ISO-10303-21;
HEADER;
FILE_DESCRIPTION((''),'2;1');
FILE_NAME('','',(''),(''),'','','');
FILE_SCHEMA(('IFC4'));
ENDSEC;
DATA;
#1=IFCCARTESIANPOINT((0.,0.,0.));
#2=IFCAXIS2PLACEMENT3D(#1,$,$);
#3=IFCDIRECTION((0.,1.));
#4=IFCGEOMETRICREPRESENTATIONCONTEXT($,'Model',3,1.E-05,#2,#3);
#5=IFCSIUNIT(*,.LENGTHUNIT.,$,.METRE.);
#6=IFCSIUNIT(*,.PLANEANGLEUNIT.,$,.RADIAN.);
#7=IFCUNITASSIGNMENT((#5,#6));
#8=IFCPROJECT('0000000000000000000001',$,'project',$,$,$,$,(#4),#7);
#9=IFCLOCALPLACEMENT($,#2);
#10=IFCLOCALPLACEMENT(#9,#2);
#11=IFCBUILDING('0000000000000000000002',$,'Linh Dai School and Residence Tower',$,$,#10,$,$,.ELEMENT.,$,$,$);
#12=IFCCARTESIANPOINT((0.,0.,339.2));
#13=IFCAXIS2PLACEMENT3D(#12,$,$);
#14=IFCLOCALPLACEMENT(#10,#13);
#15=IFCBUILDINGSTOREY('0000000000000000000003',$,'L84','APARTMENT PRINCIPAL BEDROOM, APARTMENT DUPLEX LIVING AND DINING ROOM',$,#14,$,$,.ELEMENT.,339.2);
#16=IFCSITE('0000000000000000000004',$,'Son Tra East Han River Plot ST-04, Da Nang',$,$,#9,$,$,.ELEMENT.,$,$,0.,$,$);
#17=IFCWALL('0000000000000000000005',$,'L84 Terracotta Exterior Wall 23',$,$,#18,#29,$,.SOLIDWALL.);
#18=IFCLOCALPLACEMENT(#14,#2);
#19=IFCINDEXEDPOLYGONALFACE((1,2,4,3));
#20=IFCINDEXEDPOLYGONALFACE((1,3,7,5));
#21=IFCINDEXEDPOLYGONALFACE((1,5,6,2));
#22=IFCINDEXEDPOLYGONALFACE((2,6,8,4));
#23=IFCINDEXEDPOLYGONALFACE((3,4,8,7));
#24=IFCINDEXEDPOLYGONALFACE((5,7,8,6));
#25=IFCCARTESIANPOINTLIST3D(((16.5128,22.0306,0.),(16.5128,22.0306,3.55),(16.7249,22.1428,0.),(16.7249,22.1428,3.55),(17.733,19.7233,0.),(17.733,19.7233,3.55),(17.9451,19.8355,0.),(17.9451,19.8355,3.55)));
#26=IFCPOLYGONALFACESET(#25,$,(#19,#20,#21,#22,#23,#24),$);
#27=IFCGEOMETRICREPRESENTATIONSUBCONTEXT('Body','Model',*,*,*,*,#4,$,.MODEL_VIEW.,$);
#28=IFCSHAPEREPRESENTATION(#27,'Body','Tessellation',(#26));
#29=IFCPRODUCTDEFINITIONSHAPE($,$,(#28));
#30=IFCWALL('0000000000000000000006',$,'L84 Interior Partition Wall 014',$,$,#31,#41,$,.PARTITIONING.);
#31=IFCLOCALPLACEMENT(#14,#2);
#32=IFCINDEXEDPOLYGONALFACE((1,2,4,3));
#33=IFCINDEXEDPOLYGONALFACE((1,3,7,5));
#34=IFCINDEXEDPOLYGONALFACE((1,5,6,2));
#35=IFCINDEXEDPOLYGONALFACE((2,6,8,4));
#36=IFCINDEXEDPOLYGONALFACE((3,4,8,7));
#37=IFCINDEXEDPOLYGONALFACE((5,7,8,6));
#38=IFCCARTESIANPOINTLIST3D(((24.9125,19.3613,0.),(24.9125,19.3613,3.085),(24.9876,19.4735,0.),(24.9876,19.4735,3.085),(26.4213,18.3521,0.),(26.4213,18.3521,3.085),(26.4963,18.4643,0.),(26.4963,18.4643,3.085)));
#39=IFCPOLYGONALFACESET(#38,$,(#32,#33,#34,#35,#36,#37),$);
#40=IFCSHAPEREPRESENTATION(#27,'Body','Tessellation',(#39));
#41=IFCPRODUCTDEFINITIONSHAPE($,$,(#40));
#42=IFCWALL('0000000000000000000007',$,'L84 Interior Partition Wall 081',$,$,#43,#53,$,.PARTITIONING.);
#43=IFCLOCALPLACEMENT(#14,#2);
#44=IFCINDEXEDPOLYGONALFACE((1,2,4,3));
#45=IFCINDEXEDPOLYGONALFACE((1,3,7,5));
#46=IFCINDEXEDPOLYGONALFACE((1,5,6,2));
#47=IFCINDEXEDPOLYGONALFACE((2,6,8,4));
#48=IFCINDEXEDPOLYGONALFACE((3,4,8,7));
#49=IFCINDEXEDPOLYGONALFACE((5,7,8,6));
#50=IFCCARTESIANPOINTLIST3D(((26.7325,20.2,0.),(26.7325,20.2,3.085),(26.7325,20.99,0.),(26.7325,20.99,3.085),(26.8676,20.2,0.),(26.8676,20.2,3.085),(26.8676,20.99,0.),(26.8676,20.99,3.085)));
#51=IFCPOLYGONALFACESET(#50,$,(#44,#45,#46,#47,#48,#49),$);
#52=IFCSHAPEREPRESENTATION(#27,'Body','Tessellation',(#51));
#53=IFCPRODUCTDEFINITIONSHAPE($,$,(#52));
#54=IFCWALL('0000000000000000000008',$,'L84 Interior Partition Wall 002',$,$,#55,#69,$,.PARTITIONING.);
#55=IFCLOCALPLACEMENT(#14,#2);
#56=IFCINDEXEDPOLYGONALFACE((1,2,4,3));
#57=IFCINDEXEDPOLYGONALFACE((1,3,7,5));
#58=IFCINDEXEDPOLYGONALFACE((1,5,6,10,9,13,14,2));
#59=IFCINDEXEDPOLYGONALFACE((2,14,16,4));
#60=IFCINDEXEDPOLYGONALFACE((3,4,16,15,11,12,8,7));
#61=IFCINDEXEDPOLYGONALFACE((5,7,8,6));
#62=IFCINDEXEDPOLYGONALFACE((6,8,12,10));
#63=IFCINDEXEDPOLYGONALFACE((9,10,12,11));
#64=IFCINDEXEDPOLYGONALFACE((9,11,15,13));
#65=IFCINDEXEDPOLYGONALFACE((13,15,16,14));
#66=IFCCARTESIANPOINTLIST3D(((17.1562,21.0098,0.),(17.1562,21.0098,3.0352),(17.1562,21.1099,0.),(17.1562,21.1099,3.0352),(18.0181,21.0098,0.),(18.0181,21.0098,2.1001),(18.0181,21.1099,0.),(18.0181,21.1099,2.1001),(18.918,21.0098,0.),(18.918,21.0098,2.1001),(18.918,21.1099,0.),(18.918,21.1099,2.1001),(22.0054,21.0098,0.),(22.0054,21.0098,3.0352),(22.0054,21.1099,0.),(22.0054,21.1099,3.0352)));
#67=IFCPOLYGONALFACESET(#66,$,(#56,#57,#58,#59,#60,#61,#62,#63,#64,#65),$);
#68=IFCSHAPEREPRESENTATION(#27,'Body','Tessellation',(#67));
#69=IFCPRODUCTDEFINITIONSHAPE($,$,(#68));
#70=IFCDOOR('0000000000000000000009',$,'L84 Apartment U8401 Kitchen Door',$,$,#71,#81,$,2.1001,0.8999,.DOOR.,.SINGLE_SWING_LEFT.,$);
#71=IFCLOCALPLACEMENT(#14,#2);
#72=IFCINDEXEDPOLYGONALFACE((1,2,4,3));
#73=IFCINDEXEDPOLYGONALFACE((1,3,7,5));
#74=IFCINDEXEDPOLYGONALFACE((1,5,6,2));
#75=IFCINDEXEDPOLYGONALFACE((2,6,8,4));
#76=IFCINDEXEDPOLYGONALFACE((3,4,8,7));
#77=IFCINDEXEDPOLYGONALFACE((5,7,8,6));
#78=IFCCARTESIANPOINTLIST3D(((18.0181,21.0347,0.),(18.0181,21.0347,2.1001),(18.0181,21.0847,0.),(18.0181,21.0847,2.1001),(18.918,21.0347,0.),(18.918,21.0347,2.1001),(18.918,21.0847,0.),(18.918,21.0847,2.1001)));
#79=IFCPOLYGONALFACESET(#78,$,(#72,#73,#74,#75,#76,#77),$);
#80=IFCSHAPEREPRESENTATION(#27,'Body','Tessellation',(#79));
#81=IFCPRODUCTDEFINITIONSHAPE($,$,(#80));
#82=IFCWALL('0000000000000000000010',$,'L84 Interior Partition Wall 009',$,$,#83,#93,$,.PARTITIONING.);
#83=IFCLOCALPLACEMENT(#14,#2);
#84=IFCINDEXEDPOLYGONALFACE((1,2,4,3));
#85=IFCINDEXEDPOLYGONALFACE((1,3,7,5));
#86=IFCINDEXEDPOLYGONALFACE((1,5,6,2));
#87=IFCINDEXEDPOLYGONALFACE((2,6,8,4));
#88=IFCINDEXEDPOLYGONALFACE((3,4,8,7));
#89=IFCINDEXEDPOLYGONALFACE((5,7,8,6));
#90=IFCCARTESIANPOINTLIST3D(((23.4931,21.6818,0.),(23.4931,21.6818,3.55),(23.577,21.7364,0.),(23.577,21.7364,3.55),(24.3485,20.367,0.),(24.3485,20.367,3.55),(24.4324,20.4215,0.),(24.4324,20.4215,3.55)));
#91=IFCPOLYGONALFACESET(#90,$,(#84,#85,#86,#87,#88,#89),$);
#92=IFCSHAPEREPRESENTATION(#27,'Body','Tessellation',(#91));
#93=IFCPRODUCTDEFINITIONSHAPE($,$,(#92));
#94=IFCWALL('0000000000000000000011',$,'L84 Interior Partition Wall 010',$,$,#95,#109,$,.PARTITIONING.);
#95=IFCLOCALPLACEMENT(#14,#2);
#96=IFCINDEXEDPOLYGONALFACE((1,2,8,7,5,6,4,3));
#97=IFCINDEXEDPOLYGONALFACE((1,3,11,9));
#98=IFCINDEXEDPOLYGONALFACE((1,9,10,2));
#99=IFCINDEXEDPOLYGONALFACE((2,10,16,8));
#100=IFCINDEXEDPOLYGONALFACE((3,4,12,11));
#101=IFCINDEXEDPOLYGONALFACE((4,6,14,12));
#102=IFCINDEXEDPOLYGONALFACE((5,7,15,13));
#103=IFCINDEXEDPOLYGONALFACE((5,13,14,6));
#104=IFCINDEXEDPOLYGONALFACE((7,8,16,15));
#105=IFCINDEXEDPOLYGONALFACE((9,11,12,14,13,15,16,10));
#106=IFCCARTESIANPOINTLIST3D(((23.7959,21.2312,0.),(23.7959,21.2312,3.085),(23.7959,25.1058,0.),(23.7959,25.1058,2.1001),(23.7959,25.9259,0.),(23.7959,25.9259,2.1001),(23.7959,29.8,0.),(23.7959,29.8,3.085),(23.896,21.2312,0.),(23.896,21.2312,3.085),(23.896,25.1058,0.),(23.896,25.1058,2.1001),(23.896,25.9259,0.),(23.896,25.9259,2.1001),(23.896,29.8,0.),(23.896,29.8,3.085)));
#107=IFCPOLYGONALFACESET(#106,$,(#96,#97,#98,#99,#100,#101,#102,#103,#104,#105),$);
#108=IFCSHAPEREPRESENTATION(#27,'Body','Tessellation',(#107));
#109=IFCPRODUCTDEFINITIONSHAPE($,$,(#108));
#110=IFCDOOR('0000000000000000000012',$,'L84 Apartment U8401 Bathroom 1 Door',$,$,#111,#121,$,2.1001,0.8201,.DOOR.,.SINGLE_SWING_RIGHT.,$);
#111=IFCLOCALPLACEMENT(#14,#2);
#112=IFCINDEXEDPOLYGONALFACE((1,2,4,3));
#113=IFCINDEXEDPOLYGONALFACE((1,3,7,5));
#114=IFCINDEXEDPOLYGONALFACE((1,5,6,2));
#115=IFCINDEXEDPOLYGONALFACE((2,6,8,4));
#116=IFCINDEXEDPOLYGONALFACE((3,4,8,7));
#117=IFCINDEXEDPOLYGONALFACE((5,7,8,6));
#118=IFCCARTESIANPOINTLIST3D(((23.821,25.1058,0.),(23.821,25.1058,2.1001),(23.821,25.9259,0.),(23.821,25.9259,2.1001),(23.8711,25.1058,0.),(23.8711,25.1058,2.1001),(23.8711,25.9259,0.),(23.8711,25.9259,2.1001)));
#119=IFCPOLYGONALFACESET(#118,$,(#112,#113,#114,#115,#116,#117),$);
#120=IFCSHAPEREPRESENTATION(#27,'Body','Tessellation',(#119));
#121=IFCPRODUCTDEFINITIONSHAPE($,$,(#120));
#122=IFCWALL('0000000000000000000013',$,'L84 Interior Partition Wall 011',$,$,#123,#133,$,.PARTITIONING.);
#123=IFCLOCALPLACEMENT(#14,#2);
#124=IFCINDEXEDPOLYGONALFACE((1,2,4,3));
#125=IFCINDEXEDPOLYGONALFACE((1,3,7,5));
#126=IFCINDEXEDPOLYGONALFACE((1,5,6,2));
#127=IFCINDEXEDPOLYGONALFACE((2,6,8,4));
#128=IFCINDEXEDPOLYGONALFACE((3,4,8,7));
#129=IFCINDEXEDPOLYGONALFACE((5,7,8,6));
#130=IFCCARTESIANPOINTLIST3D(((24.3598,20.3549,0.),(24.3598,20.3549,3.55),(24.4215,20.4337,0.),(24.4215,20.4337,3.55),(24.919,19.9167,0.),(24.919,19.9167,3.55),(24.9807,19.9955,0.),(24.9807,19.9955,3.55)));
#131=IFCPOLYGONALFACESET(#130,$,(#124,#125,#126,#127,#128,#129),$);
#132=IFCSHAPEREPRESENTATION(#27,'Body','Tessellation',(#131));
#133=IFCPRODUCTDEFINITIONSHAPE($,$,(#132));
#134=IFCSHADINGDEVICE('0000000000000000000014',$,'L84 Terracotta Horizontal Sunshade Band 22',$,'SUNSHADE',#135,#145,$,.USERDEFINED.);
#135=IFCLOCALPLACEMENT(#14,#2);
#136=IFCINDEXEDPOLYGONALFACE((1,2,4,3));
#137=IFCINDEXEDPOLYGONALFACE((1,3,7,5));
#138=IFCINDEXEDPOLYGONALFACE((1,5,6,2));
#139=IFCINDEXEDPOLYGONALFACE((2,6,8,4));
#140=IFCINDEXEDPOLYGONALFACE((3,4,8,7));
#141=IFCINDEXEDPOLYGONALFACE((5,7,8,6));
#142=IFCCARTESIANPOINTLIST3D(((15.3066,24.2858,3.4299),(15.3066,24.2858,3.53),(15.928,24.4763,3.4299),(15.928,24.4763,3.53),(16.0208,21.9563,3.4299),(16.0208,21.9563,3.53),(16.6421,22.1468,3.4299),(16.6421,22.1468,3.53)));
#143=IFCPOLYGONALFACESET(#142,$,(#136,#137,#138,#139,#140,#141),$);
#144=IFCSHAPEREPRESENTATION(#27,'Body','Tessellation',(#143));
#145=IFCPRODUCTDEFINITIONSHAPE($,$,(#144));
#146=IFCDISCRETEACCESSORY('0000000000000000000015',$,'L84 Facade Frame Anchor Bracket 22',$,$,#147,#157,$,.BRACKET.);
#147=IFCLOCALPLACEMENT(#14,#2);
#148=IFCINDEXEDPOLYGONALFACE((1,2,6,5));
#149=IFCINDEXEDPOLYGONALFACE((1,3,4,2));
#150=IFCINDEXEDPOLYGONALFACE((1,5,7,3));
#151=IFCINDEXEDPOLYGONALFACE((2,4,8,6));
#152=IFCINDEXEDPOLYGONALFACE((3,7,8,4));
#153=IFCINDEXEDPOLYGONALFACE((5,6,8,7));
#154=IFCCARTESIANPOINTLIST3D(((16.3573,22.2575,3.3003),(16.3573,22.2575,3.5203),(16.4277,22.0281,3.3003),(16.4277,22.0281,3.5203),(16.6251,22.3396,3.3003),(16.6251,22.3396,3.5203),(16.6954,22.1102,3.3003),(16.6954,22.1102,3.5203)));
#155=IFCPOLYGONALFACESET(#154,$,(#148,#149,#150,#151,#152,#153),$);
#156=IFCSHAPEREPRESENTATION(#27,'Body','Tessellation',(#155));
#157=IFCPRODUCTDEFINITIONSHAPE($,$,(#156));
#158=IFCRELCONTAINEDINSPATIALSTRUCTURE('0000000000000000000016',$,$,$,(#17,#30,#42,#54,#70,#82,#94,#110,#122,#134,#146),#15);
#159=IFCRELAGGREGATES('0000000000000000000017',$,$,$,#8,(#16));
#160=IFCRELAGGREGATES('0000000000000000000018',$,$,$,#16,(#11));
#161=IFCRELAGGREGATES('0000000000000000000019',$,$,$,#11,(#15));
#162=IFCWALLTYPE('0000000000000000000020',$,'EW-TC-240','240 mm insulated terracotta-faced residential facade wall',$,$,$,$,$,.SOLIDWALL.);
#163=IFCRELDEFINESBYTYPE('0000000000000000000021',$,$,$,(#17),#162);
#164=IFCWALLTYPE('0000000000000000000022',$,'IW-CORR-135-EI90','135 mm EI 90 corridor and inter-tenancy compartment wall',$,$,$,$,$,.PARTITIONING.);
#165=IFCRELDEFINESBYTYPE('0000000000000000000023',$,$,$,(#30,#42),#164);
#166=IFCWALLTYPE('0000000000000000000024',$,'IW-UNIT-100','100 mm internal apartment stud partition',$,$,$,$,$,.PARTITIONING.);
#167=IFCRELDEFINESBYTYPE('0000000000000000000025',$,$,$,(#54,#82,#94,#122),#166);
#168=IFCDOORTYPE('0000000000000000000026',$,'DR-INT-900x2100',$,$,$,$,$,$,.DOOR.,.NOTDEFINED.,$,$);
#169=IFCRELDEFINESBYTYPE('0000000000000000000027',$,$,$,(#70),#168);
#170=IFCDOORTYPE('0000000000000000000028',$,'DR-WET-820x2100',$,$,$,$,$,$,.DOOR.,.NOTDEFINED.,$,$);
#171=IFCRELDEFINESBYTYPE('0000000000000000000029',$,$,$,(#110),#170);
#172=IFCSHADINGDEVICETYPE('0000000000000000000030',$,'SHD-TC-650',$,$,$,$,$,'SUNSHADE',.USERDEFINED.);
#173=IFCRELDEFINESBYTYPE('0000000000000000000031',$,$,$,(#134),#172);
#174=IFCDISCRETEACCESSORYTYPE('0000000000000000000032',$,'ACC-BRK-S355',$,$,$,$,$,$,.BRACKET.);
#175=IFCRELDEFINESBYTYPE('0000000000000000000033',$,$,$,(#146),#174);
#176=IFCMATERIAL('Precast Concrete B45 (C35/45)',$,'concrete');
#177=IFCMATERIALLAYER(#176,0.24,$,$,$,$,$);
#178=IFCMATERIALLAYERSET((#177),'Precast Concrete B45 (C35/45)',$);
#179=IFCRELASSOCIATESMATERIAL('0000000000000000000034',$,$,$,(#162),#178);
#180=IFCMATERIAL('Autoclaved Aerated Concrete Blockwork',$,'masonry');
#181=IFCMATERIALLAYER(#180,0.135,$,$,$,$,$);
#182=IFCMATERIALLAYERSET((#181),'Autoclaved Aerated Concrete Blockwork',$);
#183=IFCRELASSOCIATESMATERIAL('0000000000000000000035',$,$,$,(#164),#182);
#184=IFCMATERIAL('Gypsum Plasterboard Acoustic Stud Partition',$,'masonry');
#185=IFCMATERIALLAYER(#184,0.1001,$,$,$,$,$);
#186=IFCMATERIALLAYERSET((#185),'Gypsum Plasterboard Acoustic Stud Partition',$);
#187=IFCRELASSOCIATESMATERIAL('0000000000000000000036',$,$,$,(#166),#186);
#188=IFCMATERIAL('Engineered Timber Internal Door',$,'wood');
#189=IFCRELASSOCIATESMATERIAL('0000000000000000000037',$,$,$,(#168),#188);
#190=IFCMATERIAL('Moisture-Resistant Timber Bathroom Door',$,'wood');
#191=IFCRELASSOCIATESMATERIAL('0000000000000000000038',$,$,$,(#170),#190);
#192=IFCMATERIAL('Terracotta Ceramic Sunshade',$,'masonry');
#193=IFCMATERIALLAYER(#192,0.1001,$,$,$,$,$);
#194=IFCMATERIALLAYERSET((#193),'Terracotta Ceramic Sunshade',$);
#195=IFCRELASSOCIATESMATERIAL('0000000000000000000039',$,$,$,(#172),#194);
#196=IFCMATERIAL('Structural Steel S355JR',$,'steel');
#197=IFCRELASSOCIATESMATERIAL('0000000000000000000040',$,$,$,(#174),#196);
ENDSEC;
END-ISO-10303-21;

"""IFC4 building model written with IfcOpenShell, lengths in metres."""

from ifc_helpers import new_model, si_unit, direction, frame, frame_2d, origin, origin_2d, place, context, subcontext, project, spatial, rectangle, extrude, source, transform, mapped, material, layer, layer_set, type_object, element, fill, save


model = new_model("IFC4")

# Units and contexts
model_context = context("Model", 3, precision=1e-05, world=origin(), true_north=direction((0.0, 1.0)))
body_context = subcontext(model_context, "Body", "Model", "MODEL_VIEW")
ifc_project = project(units=[si_unit("LENGTHUNIT", "METRE"), si_unit("PLANEANGLEUNIT", "RADIAN")], contexts=[model_context])

# Site, building, storey
site_placement = place(None, origin())
site = spatial("IfcSite", under=ifc_project, at=site_placement, Name="Son Tra East Han River Plot ST-04, Da Nang", CompositionType="ELEMENT", RefElevation=0.0)
building_placement = place(site_placement, origin())
building = spatial("IfcBuilding", under=site, at=building_placement, Name="Linh Dai School and Residence Tower", CompositionType="ELEMENT")
storey_placement = place(building_placement, frame((0.0, 0.0, 339.2)))
storey = spatial("IfcBuildingStorey", under=building, at=storey_placement, Name="L84", Description="APARTMENT PRINCIPAL BEDROOM, APARTMENT DUPLEX LIVING AND DINING ROOM", CompositionType="ELEMENT", Elevation=339.2)

# Shared definitions
ifc_material_1 = material(Name="Structural Steel S355JR", Category="steel")

# Shared definitions
ifc_material_2 = material(Name="Precast Concrete B45 (C35/45)", Category="concrete")

# Shared definitions
ifc_layer_1 = layer(ifc_material_2, 0.24)
ifc_layer_set_1 = layer_set([ifc_layer_1], Name="Precast Concrete B45 (C35/45)")
wall_type_1 = type_object("IfcWallType", Name="EW-TC-240", Description="240 mm insulated terracotta-faced residential facade wall", PredefinedType="SOLIDWALL", material=ifc_layer_set_1)

# Walls
wall_1_placement = place(storey_placement, frame((17.8391, 19.7793, 0.0), z_axis=(0.0, 0.0, 1.0), x_axis=(-0.467488, 0.883999, 0.0)))
element("IfcWall", 1, at=wall_1_placement, inside=storey, type_object=wall_type_1, Name="L84 Terracotta Exterior Wall 23", PredefinedType="SOLIDWALL", context=body_context, shape_type="SweptSolid", body=[
    extrude(rectangle(XDim=2.6101, YDim=0.24, at=frame_2d((1.3052, 0.0))), origin(), (0.0, 0.0, 1.0), 3.55),
])
ifc_material_3 = material(Name="Autoclaved Aerated Concrete Blockwork", Category="masonry")
ifc_layer_2 = layer(ifc_material_3, 0.135)
ifc_layer_set_2 = layer_set([ifc_layer_2], Name="Autoclaved Aerated Concrete Blockwork")
wall_type_2 = type_object("IfcWallType", Name="IW-CORR-135-EI90", Description="135 mm EI 90 corridor and inter-tenancy compartment wall", PredefinedType="PARTITIONING", material=ifc_layer_set_2)
wall_2_placement = place(storey_placement, frame((24.95, 19.4175, 0.0), z_axis=(0.0, 0.0, 1.0), x_axis=(0.83118, -0.556003, 0.0)))
element("IfcWall", 2, at=wall_2_placement, inside=storey, type_object=wall_type_2, Name="L84 Interior Partition Wall 014", PredefinedType="PARTITIONING", context=body_context, shape_type="SweptSolid", body=[
    extrude(rectangle(XDim=1.8152, YDim=0.135, at=frame_2d((0.9077, 0.0))), origin(), (0.0, 0.0, 1.0), 3.085),
])
wall_3_placement = place(storey_placement, frame((26.8, 20.99, 0.0), z_axis=(0.0, 0.0, 1.0), x_axis=(0.0, -1.0, 0.0)))
element("IfcWall", 3, at=wall_3_placement, inside=storey, type_object=wall_type_2, Name="L84 Interior Partition Wall 081", PredefinedType="PARTITIONING", context=body_context, shape_type="SweptSolid", body=[
    extrude(rectangle(XDim=0.79, YDim=0.135, at=frame_2d((0.395, 0.0))), origin(), (0.0, 0.0, 1.0), 3.085),
])

# Wall, opening, door
ifc_material_4 = material(Name="Gypsum Plasterboard Acoustic Stud Partition", Category="masonry")
ifc_layer_3 = layer(ifc_material_4, 0.1001)
ifc_layer_set_3 = layer_set([ifc_layer_3], Name="Gypsum Plasterboard Acoustic Stud Partition")
wall_type_3 = type_object("IfcWallType", Name="IW-UNIT-100", Description="100 mm internal apartment stud partition", PredefinedType="PARTITIONING", material=ifc_layer_set_3)
wall_4_placement = place(storey_placement, frame((17.1562, 21.0598, 0.0), z_axis=(0.0, 0.0, 1.0), x_axis=(1.0, 0.0, 0.0)))
wall_4 = element("IfcWall", 4, at=wall_4_placement, inside=storey, type_object=wall_type_3, Name="L84 Interior Partition Wall 002", PredefinedType="PARTITIONING", context=body_context, shape_type="SweptSolid", body=[
    extrude(rectangle(XDim=4.8491, YDim=0.1001, at=frame_2d((2.4246, 0.0))), origin(), (0.0, 0.0, 1.0), 3.0352),
])
opening_1_placement = place(wall_4_placement, frame((0.8618, 0.0, 0.0)))
opening_1 = element("IfcOpeningElement", 5, at=opening_1_placement, cuts=wall_4, PredefinedType="OPENING", context=body_context, shape_type="SweptSolid", body=[
    extrude(rectangle(XDim=0.8999, YDim=2.1001, at=origin_2d()), frame((0.45, 0.0601, 1.05), z_axis=(0.0, -1.0, 0.0), x_axis=(1.0, 0.0, 0.0)), (0.0, 0.0, 1.0), 0.1201),
])
ifc_material_5 = material(Name="Engineered Timber Internal Door", Category="wood")
door_type_1 = type_object("IfcDoorType", Name="DR-INT-900x2100", OperationType="NOTDEFINED", PredefinedType="DOOR", material=ifc_material_5)
shared_shape_1 = source(origin(), body_context, "Body", "SweptSolid", [
    extrude(rectangle(XDim=0.8999, YDim=2.1001, at=origin_2d()), frame((0.45, 0.0249, 1.05), z_axis=(0.0, -1.0, 0.0), x_axis=(1.0, 0.0, 0.0)), (0.0, 0.0, 1.0), 0.05),
])
door_1_placement = place(opening_1_placement, origin())
door_1 = element("IfcDoor", 6, at=door_1_placement, inside=storey, type_object=door_type_1, Name="L84 Apartment U8401 Kitchen Door", OperationType="SINGLE_SWING_LEFT", OverallHeight=2.1001, OverallWidth=0.8999, PredefinedType="DOOR", context=body_context, shape_type="MappedRepresentation", body=[
    mapped(shared_shape_1, transform((0.0, 0.0, 0.0), x_axis=(1.0, 0.0, 0.0), y_axis=(0.0, 1.0, 0.0), z_axis=(0.0, 0.0, 1.0), scale=1.0)),
])
fill(opening_1, door_1)

# Wall
wall_5_placement = place(storey_placement, frame((23.5352, 21.709, 0.0), z_axis=(0.0, 0.0, 1.0), x_axis=(0.545327, -0.838223, 0.0)))
element("IfcWall", 7, at=wall_5_placement, inside=storey, type_object=wall_type_3, Name="L84 Interior Partition Wall 009", PredefinedType="PARTITIONING", context=body_context, shape_type="SweptSolid", body=[
    extrude(rectangle(XDim=1.5686, YDim=0.1001, at=frame_2d((0.7842, 0.0))), origin(), (0.0, 0.0, 1.0), 3.55),
])

# Wall, opening, door
wall_6_placement = place(storey_placement, frame((23.8459, 21.2312, 0.0), z_axis=(0.0, 0.0, 1.0), x_axis=(0.0, 1.0, 0.0)))
wall_6 = element("IfcWall", 8, at=wall_6_placement, inside=storey, type_object=wall_type_3, Name="L84 Interior Partition Wall 010", PredefinedType="PARTITIONING", context=body_context, shape_type="SweptSolid", body=[
    extrude(rectangle(XDim=8.5688, YDim=0.1001, at=frame_2d((4.2844, 0.0))), origin(), (0.0, 0.0, 1.0), 3.085),
])
opening_2_placement = place(wall_6_placement, frame((3.8745, 0.0, 0.0)))
opening_2 = element("IfcOpeningElement", 9, at=opening_2_placement, cuts=wall_6, PredefinedType="OPENING", context=body_context, shape_type="SweptSolid", body=[
    extrude(rectangle(XDim=0.8201, YDim=2.1001, at=origin_2d()), frame((0.4102, 0.0601, 1.05), z_axis=(0.0, -1.0, 0.0), x_axis=(1.0, 0.0, 0.0)), (0.0, 0.0, 1.0), 0.1201),
])
ifc_material_6 = material(Name="Moisture-Resistant Timber Bathroom Door", Category="wood")
door_type_2 = type_object("IfcDoorType", Name="DR-WET-820x2100", OperationType="NOTDEFINED", PredefinedType="DOOR", material=ifc_material_6)
shared_shape_2 = source(origin(), body_context, "Body", "SweptSolid", [
    extrude(rectangle(XDim=0.8201, YDim=2.1001, at=origin_2d()), frame((0.4102, 0.0249, 1.05), z_axis=(0.0, -1.0, 0.0), x_axis=(1.0, 0.0, 0.0)), (0.0, 0.0, 1.0), 0.05),
])
door_2_placement = place(opening_2_placement, origin())
door_2 = element("IfcDoor", 10, at=door_2_placement, inside=storey, type_object=door_type_2, Name="L84 Apartment U8401 Bathroom 1 Door", OperationType="SINGLE_SWING_RIGHT", OverallHeight=2.1001, OverallWidth=0.8201, PredefinedType="DOOR", context=body_context, shape_type="MappedRepresentation", body=[
    mapped(shared_shape_2, transform((0.0, 0.0, 0.0), x_axis=(1.0, 0.0, 0.0), y_axis=(0.0, 1.0, 0.0), z_axis=(0.0, 0.0, 1.0), scale=1.0)),
])
fill(opening_2, door_2)

# Wall
wall_7_placement = place(storey_placement, frame((24.3906, 20.3943, 0.0), z_axis=(0.0, 0.0, 1.0), x_axis=(0.787164, -0.616744, 0.0)))
element("IfcWall", 11, at=wall_7_placement, inside=storey, type_object=wall_type_3, Name="L84 Interior Partition Wall 011", PredefinedType="PARTITIONING", context=body_context, shape_type="SweptSolid", body=[
    extrude(rectangle(XDim=0.7104, YDim=0.1001, at=frame_2d((0.3552, 0.0))), origin(), (0.0, 0.0, 1.0), 3.55),
])

# Shading device
ifc_material_7 = material(Name="Terracotta Ceramic Sunshade", Category="masonry")
ifc_layer_4 = layer(ifc_material_7, 0.1001)
ifc_layer_set_4 = layer_set([ifc_layer_4], Name="Terracotta Ceramic Sunshade")
shading_device_type = type_object("IfcShadingDeviceType", Name="SHD-TC-650", ElementType="SUNSHADE", PredefinedType="USERDEFINED", material=ifc_layer_set_4)
shared_shape_3 = source(origin(), body_context, "Body", "SweptSolid", [
    extrude(rectangle(XDim=2.4365, YDim=0.6499, at=origin_2d()), origin(), (0.0, 0.0, 1.0), 0.1001),
])
shading_device_placement = place(storey_placement, frame((15.9744, 23.2163, 3.4299), z_axis=(0.0, 0.0, 1.0), x_axis=(-0.293095, 0.956083, 0.0)))
element("IfcShadingDevice", 12, at=shading_device_placement, inside=storey, type_object=shading_device_type, Name="L84 Terracotta Horizontal Sunshade Band 22", ObjectType="SUNSHADE", PredefinedType="USERDEFINED", context=body_context, shape_type="MappedRepresentation", body=[
    mapped(shared_shape_3, transform((0.0, 0.0, 0.0), x_axis=(1.0, 0.0, 0.0), y_axis=(0.0, 1.0, 0.0), z_axis=(0.0, 0.0, 1.0), scale=1.0)),
])

# Discrete accessory
discrete_accessory_type = type_object("IfcDiscreteAccessoryType", Name="ACC-BRK-S355", PredefinedType="BRACKET", material=ifc_material_1)
shared_shape_4 = source(origin(), body_context, "Body", "SweptSolid", [
    extrude(rectangle(XDim=0.28, YDim=0.24, at=origin_2d()), origin(), (0.0, 0.0, 1.0), 0.22),
])
discrete_accessory_placement = place(storey_placement, frame((16.5264, 22.1838, 3.3003), z_axis=(0.0, 0.0, 1.0), x_axis=(-0.956083, -0.293095, 0.0)))
element("IfcDiscreteAccessory", 13, at=discrete_accessory_placement, inside=storey, type_object=discrete_accessory_type, Name="L84 Facade Frame Anchor Bracket 22", PredefinedType="BRACKET", context=body_context, shape_type="MappedRepresentation", body=[
    mapped(shared_shape_4, transform((0.0, 0.0, 0.0), x_axis=(1.0, 0.0, 0.0), y_axis=(0.0, 1.0, 0.0), z_axis=(0.0, 0.0, 1.0), scale=1.0)),
])

save(model, "model.ifc")
